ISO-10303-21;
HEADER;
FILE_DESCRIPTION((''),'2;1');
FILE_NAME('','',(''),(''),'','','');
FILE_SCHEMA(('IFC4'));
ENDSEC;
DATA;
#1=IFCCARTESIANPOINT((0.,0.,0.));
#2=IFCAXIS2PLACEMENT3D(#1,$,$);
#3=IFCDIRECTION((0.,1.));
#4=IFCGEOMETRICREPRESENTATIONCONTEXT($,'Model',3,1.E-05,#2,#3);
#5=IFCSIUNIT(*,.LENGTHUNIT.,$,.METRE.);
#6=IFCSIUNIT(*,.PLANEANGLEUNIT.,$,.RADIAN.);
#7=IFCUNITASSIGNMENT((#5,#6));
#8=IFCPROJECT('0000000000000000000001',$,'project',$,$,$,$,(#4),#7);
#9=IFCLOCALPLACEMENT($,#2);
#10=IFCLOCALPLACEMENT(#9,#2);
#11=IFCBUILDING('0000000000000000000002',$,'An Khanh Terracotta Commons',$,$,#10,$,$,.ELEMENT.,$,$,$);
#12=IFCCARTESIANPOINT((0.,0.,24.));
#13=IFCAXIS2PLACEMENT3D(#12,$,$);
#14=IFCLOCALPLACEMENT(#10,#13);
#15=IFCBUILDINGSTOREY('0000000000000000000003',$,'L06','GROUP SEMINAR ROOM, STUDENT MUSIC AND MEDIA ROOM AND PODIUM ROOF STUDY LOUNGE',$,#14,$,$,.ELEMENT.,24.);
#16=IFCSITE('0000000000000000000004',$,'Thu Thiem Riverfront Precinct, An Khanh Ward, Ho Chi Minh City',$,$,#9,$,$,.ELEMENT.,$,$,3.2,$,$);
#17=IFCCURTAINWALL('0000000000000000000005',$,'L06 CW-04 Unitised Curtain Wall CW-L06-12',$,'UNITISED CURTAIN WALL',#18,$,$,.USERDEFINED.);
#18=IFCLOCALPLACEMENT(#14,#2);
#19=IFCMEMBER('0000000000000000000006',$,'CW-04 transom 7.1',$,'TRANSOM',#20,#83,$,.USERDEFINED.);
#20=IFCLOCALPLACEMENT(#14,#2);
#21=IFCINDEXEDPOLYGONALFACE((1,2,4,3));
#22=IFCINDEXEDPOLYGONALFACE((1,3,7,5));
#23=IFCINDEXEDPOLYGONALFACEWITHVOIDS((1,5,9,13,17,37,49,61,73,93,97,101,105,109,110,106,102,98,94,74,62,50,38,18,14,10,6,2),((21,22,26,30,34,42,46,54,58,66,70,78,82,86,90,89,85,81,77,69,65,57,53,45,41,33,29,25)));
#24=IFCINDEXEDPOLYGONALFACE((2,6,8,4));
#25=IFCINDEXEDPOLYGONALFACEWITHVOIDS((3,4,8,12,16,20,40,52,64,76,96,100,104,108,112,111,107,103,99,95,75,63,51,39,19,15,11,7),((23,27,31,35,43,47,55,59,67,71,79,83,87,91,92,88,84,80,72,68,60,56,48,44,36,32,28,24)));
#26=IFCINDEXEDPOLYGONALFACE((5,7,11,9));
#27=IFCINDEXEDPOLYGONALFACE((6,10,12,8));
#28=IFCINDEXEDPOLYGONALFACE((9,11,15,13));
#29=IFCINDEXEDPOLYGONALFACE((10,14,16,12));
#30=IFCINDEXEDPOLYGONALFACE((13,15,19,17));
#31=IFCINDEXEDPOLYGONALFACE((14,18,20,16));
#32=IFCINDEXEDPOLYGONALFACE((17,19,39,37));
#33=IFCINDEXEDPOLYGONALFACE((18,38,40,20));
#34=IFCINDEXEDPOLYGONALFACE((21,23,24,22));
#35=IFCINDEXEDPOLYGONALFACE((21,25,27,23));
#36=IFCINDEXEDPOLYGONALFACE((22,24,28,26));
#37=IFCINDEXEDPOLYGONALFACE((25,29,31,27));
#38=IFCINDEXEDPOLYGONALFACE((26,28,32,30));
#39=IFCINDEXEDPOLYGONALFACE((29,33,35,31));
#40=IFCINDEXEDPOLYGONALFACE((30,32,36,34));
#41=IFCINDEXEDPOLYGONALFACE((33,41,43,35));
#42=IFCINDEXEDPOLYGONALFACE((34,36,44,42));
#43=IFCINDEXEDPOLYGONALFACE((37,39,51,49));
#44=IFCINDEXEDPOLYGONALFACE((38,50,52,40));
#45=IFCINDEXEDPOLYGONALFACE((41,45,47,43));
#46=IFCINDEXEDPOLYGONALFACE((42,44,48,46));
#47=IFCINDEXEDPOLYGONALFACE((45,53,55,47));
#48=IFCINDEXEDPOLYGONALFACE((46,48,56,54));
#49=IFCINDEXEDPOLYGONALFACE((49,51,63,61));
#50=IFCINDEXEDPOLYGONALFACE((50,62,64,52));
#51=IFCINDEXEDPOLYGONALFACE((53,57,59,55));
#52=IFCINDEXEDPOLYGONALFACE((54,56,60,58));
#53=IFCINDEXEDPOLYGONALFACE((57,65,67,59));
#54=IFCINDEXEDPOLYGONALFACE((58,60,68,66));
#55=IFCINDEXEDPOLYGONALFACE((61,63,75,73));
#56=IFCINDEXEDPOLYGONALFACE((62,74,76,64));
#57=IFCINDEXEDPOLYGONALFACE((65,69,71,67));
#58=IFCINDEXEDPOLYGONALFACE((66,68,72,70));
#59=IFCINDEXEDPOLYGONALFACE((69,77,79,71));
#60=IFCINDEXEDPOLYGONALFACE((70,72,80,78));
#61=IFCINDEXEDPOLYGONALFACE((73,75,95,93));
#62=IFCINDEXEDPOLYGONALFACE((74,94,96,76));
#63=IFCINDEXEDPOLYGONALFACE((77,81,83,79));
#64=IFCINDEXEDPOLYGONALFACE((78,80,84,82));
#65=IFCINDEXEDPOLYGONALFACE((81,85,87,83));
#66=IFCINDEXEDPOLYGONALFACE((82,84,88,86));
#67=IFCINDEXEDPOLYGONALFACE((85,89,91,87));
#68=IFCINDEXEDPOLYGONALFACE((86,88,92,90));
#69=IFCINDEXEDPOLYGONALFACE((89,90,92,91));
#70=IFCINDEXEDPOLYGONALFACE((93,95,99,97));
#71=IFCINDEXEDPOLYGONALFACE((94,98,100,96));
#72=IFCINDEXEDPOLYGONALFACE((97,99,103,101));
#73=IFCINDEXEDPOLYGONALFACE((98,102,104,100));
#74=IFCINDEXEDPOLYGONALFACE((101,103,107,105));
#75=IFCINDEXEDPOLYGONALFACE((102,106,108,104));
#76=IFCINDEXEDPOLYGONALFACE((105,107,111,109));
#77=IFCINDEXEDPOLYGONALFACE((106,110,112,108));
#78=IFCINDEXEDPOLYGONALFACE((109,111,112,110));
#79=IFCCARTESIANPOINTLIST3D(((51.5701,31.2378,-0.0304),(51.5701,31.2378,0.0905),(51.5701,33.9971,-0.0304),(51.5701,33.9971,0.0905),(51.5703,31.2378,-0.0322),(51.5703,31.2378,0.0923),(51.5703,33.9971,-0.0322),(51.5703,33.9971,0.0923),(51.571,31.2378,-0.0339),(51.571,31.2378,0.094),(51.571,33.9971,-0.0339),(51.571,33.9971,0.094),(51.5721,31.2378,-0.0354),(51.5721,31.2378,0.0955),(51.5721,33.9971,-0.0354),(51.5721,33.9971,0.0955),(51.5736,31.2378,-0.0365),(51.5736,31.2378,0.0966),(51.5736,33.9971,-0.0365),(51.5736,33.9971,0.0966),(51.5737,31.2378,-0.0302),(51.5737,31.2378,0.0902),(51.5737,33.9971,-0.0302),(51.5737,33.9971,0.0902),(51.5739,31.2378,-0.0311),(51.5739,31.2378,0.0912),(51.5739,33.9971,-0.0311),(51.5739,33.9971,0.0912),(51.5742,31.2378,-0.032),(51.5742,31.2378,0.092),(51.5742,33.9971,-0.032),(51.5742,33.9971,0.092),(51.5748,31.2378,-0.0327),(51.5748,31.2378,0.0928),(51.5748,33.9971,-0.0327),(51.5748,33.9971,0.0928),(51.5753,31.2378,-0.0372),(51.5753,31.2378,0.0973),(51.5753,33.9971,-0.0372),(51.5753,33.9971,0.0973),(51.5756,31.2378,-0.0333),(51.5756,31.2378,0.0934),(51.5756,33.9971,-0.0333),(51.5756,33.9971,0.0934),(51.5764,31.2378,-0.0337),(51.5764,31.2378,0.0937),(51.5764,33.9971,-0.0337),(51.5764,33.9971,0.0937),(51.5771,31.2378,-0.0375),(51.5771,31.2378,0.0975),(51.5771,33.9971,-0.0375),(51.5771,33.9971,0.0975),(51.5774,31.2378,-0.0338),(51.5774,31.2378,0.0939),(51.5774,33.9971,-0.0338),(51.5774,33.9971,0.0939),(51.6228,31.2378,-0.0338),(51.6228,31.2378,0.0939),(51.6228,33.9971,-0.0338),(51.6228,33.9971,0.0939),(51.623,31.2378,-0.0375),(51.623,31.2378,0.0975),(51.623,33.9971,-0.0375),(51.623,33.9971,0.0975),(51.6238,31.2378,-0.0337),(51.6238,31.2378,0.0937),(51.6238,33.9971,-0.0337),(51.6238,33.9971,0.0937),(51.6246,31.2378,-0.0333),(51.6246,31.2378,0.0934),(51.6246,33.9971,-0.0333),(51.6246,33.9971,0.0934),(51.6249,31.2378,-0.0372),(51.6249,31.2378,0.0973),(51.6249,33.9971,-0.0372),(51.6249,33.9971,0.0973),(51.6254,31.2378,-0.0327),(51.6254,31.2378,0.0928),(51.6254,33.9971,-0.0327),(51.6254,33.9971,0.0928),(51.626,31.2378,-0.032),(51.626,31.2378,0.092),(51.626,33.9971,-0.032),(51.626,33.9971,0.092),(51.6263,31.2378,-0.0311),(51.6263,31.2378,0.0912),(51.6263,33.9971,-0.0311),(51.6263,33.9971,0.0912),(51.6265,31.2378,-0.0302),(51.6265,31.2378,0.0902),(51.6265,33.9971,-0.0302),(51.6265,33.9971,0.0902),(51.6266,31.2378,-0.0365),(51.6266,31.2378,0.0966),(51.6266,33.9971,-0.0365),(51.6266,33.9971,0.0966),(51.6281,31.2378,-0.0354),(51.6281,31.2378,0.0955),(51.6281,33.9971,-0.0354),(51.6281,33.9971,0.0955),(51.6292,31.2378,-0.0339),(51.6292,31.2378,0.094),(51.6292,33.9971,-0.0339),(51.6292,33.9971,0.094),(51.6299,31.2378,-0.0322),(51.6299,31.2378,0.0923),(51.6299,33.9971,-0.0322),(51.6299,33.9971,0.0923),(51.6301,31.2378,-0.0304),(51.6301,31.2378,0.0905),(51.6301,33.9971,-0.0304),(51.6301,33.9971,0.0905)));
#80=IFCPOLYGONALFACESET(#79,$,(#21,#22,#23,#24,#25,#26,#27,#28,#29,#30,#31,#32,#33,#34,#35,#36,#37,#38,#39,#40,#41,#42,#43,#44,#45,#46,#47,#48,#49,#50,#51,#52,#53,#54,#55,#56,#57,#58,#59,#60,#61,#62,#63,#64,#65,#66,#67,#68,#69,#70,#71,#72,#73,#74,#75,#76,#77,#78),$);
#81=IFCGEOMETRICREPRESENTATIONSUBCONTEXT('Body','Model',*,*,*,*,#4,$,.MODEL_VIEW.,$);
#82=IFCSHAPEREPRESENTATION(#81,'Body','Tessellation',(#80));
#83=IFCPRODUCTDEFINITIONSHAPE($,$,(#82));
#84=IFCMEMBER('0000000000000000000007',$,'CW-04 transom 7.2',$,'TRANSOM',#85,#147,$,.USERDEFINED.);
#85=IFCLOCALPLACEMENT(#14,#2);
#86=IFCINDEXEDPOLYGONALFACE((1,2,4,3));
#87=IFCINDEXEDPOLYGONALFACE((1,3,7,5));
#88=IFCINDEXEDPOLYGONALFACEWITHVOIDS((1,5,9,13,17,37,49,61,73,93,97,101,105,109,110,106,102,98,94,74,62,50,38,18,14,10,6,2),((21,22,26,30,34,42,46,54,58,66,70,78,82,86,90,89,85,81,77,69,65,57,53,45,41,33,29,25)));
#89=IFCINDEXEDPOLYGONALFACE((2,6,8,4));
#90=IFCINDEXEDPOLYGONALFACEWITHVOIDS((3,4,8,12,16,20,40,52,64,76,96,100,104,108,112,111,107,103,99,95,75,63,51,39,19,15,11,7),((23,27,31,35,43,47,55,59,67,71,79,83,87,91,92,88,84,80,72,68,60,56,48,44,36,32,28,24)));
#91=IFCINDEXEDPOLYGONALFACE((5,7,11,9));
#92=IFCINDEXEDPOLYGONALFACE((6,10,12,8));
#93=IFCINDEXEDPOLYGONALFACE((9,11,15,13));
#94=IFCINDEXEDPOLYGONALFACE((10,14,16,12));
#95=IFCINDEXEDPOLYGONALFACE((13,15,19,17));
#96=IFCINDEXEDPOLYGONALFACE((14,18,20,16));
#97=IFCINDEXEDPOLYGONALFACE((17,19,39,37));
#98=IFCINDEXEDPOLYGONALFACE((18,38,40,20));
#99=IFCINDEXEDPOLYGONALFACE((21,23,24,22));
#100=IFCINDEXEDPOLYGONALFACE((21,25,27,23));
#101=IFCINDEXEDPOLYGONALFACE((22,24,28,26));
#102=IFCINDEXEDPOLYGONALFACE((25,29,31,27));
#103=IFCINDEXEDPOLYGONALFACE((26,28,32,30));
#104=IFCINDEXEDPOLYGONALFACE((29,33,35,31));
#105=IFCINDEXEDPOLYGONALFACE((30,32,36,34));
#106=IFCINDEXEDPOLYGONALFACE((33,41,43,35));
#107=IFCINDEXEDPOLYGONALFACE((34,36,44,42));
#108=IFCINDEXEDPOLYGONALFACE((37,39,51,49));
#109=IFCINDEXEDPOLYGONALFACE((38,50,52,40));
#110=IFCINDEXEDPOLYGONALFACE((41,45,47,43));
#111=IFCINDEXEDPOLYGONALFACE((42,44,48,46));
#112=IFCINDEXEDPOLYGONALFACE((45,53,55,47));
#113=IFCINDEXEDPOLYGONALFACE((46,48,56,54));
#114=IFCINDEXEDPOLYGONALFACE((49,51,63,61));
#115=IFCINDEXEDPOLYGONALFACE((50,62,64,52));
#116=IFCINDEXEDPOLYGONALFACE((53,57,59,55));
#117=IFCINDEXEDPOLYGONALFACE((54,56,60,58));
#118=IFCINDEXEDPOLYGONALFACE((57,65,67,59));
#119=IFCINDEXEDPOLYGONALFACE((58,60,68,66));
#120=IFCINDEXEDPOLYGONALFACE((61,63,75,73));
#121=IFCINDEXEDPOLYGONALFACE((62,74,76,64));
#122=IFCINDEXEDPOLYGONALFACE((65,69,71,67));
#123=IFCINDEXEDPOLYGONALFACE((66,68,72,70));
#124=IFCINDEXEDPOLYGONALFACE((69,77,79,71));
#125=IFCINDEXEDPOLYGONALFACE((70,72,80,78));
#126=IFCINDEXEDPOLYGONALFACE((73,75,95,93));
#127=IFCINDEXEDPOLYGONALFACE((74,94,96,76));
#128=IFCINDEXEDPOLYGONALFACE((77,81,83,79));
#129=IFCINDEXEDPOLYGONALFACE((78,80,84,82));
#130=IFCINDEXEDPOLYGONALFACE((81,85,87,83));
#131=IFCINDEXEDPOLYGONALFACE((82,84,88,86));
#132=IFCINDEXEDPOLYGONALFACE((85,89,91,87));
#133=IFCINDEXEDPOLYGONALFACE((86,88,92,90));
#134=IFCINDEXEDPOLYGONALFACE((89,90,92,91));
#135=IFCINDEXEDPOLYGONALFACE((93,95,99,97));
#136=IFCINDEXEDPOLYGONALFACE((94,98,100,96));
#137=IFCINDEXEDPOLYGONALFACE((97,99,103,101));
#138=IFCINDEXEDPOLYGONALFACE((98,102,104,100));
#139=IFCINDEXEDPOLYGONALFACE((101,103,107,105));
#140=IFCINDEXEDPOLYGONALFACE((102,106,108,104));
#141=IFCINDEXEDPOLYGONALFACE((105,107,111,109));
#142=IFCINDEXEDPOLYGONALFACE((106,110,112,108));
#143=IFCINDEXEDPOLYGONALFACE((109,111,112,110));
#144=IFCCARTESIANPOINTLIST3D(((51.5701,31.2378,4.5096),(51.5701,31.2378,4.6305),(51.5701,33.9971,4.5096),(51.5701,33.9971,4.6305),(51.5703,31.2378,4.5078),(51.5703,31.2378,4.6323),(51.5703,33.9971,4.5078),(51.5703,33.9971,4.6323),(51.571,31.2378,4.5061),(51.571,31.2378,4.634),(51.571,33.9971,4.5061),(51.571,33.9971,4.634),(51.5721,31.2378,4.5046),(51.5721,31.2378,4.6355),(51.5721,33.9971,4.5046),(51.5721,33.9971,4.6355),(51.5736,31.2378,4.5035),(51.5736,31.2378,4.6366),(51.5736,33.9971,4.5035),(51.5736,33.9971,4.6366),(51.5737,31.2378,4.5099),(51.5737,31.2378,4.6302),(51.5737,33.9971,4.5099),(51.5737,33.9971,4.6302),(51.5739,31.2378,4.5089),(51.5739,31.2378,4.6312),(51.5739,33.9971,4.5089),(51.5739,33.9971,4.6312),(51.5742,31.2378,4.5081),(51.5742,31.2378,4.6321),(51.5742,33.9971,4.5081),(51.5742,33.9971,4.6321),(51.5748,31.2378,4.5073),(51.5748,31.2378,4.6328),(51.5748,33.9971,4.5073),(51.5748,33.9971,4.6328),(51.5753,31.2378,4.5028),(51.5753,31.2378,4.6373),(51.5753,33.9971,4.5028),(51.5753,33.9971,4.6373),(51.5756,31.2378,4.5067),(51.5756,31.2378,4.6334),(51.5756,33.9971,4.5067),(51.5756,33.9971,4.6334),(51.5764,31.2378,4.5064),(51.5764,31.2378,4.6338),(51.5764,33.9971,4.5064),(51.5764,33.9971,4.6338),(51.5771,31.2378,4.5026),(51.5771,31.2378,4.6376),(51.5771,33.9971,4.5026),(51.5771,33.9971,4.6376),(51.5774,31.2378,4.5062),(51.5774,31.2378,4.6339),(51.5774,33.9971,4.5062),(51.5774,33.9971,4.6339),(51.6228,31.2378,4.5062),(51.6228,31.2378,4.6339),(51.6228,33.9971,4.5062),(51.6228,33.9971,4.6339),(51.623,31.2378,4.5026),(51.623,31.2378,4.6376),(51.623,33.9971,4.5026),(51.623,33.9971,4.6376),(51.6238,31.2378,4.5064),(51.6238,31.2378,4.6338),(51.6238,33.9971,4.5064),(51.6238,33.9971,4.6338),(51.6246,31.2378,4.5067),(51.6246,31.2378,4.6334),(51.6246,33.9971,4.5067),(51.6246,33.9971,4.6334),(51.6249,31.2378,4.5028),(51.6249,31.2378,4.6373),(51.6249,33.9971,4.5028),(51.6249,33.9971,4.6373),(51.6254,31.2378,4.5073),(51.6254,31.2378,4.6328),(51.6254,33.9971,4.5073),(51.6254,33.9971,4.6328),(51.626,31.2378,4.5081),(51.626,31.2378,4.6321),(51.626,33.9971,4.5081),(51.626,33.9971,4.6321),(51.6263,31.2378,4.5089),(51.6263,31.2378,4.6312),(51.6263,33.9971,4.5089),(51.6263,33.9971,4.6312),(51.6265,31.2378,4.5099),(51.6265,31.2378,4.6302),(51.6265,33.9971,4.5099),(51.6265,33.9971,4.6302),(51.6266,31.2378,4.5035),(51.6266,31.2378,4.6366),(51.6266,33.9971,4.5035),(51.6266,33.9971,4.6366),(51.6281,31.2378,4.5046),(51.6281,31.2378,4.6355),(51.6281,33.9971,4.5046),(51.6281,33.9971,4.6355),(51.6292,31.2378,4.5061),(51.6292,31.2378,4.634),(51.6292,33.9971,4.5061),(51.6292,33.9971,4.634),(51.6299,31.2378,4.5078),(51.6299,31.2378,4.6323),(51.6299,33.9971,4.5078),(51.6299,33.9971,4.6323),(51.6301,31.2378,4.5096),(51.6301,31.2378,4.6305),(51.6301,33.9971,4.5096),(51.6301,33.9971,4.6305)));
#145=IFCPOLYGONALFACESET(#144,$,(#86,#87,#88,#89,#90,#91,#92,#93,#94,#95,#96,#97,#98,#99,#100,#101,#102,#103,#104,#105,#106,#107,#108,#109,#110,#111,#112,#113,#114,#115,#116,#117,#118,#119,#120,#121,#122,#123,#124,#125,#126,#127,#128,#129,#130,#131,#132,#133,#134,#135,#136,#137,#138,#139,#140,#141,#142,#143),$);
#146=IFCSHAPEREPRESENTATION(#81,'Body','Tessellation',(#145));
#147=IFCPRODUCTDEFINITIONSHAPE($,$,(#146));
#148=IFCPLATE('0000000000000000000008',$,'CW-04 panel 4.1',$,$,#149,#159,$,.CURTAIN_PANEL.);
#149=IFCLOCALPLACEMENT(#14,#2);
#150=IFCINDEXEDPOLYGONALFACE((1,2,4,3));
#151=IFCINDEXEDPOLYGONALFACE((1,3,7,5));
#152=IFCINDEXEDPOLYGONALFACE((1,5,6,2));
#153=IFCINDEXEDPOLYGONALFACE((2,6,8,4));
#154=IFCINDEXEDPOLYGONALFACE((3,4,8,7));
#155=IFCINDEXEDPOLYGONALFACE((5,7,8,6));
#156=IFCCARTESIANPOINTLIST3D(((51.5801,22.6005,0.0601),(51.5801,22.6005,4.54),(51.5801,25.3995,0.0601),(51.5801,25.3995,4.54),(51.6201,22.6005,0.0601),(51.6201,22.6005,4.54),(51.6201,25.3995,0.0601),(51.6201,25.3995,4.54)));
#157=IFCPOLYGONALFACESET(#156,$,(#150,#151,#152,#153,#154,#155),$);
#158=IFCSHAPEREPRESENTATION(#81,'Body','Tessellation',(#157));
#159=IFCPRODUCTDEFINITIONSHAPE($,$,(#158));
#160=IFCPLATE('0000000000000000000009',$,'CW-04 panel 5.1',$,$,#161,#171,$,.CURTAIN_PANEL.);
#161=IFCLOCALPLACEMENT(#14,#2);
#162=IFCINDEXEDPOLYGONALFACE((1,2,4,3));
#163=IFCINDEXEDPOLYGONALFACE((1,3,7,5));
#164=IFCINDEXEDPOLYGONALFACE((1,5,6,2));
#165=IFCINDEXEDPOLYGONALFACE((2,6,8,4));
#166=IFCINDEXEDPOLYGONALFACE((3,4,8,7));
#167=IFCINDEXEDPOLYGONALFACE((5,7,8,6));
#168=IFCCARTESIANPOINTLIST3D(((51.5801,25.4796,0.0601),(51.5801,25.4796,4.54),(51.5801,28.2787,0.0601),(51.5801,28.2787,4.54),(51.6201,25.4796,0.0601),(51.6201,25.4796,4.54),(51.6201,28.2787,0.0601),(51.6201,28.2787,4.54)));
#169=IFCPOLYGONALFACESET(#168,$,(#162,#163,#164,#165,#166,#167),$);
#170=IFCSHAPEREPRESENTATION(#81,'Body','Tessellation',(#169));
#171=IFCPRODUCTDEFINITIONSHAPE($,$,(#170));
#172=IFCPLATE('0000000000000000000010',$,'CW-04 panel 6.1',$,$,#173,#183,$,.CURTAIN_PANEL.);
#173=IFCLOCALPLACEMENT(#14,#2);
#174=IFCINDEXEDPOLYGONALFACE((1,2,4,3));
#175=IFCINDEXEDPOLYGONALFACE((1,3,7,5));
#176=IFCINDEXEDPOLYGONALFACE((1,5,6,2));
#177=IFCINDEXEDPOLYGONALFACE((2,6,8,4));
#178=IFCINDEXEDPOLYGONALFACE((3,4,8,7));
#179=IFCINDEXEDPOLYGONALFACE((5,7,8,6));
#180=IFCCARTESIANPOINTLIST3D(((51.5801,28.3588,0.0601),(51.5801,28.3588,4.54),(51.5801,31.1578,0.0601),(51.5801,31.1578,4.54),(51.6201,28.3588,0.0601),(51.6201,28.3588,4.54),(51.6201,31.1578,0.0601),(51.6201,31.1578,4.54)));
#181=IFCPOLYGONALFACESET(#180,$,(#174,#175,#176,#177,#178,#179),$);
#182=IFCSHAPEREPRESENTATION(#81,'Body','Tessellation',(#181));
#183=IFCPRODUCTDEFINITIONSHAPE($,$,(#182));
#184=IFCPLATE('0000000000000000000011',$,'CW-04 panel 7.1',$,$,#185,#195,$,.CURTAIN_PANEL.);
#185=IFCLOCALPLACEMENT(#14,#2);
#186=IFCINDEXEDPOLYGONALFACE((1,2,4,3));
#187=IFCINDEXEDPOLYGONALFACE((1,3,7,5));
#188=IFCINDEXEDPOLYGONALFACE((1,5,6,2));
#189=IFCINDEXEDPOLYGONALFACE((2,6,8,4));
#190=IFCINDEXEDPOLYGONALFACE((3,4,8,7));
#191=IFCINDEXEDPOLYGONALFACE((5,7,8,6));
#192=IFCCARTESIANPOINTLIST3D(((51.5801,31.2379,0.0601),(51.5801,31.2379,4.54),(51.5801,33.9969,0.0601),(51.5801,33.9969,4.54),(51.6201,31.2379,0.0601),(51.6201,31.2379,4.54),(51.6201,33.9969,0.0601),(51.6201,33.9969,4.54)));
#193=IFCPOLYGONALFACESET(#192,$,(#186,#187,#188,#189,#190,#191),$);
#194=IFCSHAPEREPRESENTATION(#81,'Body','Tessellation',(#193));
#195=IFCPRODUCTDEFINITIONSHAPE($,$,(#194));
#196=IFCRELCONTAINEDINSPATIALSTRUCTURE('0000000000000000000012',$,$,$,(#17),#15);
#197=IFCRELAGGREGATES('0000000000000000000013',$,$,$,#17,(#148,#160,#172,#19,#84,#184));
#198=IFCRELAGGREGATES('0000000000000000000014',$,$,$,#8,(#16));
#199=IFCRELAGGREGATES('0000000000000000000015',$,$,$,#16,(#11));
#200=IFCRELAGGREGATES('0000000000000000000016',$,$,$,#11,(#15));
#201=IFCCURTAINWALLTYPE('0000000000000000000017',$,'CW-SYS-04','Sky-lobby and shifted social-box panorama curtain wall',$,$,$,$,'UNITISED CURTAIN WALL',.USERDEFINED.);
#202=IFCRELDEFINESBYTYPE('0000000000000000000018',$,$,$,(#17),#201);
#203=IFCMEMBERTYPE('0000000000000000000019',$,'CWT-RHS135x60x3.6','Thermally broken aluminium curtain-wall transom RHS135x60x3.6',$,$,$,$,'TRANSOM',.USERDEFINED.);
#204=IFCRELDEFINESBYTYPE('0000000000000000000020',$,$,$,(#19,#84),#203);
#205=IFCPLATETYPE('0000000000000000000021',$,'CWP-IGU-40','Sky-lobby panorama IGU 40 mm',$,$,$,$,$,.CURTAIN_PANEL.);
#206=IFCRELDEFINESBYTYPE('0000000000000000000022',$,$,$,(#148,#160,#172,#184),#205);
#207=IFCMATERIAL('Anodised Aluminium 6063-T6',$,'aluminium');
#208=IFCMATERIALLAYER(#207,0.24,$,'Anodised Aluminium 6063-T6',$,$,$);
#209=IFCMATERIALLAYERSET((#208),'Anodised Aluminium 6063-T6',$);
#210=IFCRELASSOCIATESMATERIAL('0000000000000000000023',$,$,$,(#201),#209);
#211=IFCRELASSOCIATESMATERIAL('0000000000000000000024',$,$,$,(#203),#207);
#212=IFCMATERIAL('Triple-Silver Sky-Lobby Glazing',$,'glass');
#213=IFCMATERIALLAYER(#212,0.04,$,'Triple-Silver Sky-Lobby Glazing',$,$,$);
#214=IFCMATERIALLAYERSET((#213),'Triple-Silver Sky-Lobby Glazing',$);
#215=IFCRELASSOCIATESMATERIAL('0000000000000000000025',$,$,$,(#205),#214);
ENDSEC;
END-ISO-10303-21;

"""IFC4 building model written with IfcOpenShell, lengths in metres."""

from ifc_helpers import new_model, si_unit, direction, frame, origin, origin_2d, place, context, subcontext, project, spatial, rectangle, hollow_rectangle, extrude, material, layer, layer_set, material_profile, profile_set, type_object, element, aggregate, save


model = new_model("IFC4")

# Units and contexts
model_context = context("Model", 3, precision=1e-05, world=origin(), true_north=direction((0.0, 1.0)))
body_context = subcontext(model_context, "Body", "Model", "MODEL_VIEW")
ifc_project = project(units=[si_unit("LENGTHUNIT", "METRE"), si_unit("PLANEANGLEUNIT", "RADIAN")], contexts=[model_context])

# Site, building, storey
site_placement = place(None, origin())
site = spatial("IfcSite", under=ifc_project, at=site_placement, Name="Thu Thiem Riverfront Precinct, An Khanh Ward, Ho Chi Minh City", CompositionType="ELEMENT", RefElevation=3.2)
building_placement = place(site_placement, origin())
building = spatial("IfcBuilding", under=site, at=building_placement, Name="An Khanh Terracotta Commons", CompositionType="ELEMENT")
storey_placement = place(building_placement, frame((0.0, 0.0, 24.0)))
storey = spatial("IfcBuildingStorey", under=building, at=storey_placement, Name="L06", Description="GROUP SEMINAR ROOM, STUDENT MUSIC AND MEDIA ROOM AND PODIUM ROOF STUDY LOUNGE", CompositionType="ELEMENT", Elevation=24.0)

# Curtain wall, members, plates
ifc_material_1 = material(Name="Anodised Aluminium 6063-T6", Category="aluminium")
ifc_layer_1 = layer(ifc_material_1, 0.24, Name="Anodised Aluminium 6063-T6")
ifc_layer_set_1 = layer_set([ifc_layer_1], Name="Anodised Aluminium 6063-T6")
curtain_wall_type = type_object("IfcCurtainWallType", Name="CW-SYS-04", Description="Sky-lobby and shifted social-box panorama curtain wall", ElementType="UNITISED CURTAIN WALL", PredefinedType="USERDEFINED", material=ifc_layer_set_1)
curtain_wall_placement = place(storey_placement, origin())
curtain_wall = element("IfcCurtainWall", 1, at=curtain_wall_placement, inside=storey, type_object=curtain_wall_type, Name="L06 CW-04 Unitised Curtain Wall CW-L06-12", ObjectType="UNITISED CURTAIN WALL", PredefinedType="USERDEFINED")
ifc_material_profile_1 = material_profile(ifc_material_1, hollow_rectangle(XDim=0.0601, YDim=0.135, WallThickness=0.0037, InnerFilletRadius=0.0037, OuterFilletRadius=0.0071, at=origin_2d()), Name="RHS135x60x3.6")
ifc_profile_set_1 = profile_set([ifc_material_profile_1], Name="Anodised Aluminium 6063-T6")
member_type_1 = type_object("IfcMemberType", Name="CWT-RHS135x60x3.6", Description="Thermally broken aluminium curtain-wall transom RHS135x60x3.6", ElementType="TRANSOM", PredefinedType="USERDEFINED", material=ifc_profile_set_1)
member_1_placement = place(storey_placement, frame((51.6001, 31.2378, 0.03), z_axis=(0.0, 1.0, 0.0), x_axis=(-1.0, 0.0, 0.0)))
member_1 = element("IfcMember", 2, at=member_1_placement, type_object=member_type_1, Name="CW-04 transom 7.1", ObjectType="TRANSOM", PredefinedType="USERDEFINED", context=body_context, shape_type="SweptSolid", body=[
    extrude(hollow_rectangle(XDim=0.0601, YDim=0.135, WallThickness=0.0037, InnerFilletRadius=0.0037, OuterFilletRadius=0.0071, at=origin_2d()), origin(), (0.0, 0.0, 1.0), 2.7593),
])
member_2_placement = place(storey_placement, frame((51.6001, 31.2378, 4.5701), z_axis=(0.0, 1.0, 0.0), x_axis=(-1.0, 0.0, 0.0)))
member_2 = element("IfcMember", 3, at=member_2_placement, type_object=member_type_1, Name="CW-04 transom 7.2", ObjectType="TRANSOM", PredefinedType="USERDEFINED", context=body_context, shape_type="SweptSolid", body=[
    extrude(hollow_rectangle(XDim=0.0601, YDim=0.135, WallThickness=0.0037, InnerFilletRadius=0.0037, OuterFilletRadius=0.0071, at=origin_2d()), origin(), (0.0, 0.0, 1.0), 2.7593),
])
ifc_material_2 = material(Name="Triple-Silver Sky-Lobby Glazing", Category="glass")
ifc_layer_2 = layer(ifc_material_2, 0.04, Name="Triple-Silver Sky-Lobby Glazing")
ifc_layer_set_2 = layer_set([ifc_layer_2], Name="Triple-Silver Sky-Lobby Glazing")
plate_type = type_object("IfcPlateType", Name="CWP-IGU-40", Description="Sky-lobby panorama IGU 40 mm", PredefinedType="CURTAIN_PANEL", material=ifc_layer_set_2)
plate_1_placement = place(storey_placement, frame((51.6001, 24.0, 0.0601), z_axis=(0.0, 0.0, 1.0), x_axis=(0.0, 1.0, 0.0)))
plate_1 = element("IfcPlate", 4, at=plate_1_placement, type_object=plate_type, Name="CW-04 panel 4.1", PredefinedType="CURTAIN_PANEL", context=body_context, shape_type="SweptSolid", body=[
    extrude(rectangle(XDim=2.7991, YDim=0.04, at=origin_2d()), origin(), (0.0, 0.0, 1.0), 4.48),
])
plate_2_placement = place(storey_placement, frame((51.6001, 26.8792, 0.0601), z_axis=(0.0, 0.0, 1.0), x_axis=(0.0, 1.0, 0.0)))
plate_2 = element("IfcPlate", 5, at=plate_2_placement, type_object=plate_type, Name="CW-04 panel 5.1", PredefinedType="CURTAIN_PANEL", context=body_context, shape_type="SweptSolid", body=[
    extrude(rectangle(XDim=2.7991, YDim=0.04, at=origin_2d()), origin(), (0.0, 0.0, 1.0), 4.48),
])
plate_3_placement = place(storey_placement, frame((51.6001, 29.7583, 0.0601), z_axis=(0.0, 0.0, 1.0), x_axis=(0.0, 1.0, 0.0)))
plate_3 = element("IfcPlate", 6, at=plate_3_placement, type_object=plate_type, Name="CW-04 panel 6.1", PredefinedType="CURTAIN_PANEL", context=body_context, shape_type="SweptSolid", body=[
    extrude(rectangle(XDim=2.7991, YDim=0.04, at=origin_2d()), origin(), (0.0, 0.0, 1.0), 4.48),
])
plate_4_placement = place(storey_placement, frame((51.6001, 32.6174, 0.0601), z_axis=(0.0, 0.0, 1.0), x_axis=(0.0, 1.0, 0.0)))
plate_4 = element("IfcPlate", 7, at=plate_4_placement, type_object=plate_type, Name="CW-04 panel 7.1", PredefinedType="CURTAIN_PANEL", context=body_context, shape_type="SweptSolid", body=[
    extrude(rectangle(XDim=2.759, YDim=0.04, at=origin_2d()), origin(), (0.0, 0.0, 1.0), 4.48),
])
aggregate(curtain_wall, [plate_1, plate_2, plate_3, member_1, member_2, plate_4])

save(model, "model.ifc")
